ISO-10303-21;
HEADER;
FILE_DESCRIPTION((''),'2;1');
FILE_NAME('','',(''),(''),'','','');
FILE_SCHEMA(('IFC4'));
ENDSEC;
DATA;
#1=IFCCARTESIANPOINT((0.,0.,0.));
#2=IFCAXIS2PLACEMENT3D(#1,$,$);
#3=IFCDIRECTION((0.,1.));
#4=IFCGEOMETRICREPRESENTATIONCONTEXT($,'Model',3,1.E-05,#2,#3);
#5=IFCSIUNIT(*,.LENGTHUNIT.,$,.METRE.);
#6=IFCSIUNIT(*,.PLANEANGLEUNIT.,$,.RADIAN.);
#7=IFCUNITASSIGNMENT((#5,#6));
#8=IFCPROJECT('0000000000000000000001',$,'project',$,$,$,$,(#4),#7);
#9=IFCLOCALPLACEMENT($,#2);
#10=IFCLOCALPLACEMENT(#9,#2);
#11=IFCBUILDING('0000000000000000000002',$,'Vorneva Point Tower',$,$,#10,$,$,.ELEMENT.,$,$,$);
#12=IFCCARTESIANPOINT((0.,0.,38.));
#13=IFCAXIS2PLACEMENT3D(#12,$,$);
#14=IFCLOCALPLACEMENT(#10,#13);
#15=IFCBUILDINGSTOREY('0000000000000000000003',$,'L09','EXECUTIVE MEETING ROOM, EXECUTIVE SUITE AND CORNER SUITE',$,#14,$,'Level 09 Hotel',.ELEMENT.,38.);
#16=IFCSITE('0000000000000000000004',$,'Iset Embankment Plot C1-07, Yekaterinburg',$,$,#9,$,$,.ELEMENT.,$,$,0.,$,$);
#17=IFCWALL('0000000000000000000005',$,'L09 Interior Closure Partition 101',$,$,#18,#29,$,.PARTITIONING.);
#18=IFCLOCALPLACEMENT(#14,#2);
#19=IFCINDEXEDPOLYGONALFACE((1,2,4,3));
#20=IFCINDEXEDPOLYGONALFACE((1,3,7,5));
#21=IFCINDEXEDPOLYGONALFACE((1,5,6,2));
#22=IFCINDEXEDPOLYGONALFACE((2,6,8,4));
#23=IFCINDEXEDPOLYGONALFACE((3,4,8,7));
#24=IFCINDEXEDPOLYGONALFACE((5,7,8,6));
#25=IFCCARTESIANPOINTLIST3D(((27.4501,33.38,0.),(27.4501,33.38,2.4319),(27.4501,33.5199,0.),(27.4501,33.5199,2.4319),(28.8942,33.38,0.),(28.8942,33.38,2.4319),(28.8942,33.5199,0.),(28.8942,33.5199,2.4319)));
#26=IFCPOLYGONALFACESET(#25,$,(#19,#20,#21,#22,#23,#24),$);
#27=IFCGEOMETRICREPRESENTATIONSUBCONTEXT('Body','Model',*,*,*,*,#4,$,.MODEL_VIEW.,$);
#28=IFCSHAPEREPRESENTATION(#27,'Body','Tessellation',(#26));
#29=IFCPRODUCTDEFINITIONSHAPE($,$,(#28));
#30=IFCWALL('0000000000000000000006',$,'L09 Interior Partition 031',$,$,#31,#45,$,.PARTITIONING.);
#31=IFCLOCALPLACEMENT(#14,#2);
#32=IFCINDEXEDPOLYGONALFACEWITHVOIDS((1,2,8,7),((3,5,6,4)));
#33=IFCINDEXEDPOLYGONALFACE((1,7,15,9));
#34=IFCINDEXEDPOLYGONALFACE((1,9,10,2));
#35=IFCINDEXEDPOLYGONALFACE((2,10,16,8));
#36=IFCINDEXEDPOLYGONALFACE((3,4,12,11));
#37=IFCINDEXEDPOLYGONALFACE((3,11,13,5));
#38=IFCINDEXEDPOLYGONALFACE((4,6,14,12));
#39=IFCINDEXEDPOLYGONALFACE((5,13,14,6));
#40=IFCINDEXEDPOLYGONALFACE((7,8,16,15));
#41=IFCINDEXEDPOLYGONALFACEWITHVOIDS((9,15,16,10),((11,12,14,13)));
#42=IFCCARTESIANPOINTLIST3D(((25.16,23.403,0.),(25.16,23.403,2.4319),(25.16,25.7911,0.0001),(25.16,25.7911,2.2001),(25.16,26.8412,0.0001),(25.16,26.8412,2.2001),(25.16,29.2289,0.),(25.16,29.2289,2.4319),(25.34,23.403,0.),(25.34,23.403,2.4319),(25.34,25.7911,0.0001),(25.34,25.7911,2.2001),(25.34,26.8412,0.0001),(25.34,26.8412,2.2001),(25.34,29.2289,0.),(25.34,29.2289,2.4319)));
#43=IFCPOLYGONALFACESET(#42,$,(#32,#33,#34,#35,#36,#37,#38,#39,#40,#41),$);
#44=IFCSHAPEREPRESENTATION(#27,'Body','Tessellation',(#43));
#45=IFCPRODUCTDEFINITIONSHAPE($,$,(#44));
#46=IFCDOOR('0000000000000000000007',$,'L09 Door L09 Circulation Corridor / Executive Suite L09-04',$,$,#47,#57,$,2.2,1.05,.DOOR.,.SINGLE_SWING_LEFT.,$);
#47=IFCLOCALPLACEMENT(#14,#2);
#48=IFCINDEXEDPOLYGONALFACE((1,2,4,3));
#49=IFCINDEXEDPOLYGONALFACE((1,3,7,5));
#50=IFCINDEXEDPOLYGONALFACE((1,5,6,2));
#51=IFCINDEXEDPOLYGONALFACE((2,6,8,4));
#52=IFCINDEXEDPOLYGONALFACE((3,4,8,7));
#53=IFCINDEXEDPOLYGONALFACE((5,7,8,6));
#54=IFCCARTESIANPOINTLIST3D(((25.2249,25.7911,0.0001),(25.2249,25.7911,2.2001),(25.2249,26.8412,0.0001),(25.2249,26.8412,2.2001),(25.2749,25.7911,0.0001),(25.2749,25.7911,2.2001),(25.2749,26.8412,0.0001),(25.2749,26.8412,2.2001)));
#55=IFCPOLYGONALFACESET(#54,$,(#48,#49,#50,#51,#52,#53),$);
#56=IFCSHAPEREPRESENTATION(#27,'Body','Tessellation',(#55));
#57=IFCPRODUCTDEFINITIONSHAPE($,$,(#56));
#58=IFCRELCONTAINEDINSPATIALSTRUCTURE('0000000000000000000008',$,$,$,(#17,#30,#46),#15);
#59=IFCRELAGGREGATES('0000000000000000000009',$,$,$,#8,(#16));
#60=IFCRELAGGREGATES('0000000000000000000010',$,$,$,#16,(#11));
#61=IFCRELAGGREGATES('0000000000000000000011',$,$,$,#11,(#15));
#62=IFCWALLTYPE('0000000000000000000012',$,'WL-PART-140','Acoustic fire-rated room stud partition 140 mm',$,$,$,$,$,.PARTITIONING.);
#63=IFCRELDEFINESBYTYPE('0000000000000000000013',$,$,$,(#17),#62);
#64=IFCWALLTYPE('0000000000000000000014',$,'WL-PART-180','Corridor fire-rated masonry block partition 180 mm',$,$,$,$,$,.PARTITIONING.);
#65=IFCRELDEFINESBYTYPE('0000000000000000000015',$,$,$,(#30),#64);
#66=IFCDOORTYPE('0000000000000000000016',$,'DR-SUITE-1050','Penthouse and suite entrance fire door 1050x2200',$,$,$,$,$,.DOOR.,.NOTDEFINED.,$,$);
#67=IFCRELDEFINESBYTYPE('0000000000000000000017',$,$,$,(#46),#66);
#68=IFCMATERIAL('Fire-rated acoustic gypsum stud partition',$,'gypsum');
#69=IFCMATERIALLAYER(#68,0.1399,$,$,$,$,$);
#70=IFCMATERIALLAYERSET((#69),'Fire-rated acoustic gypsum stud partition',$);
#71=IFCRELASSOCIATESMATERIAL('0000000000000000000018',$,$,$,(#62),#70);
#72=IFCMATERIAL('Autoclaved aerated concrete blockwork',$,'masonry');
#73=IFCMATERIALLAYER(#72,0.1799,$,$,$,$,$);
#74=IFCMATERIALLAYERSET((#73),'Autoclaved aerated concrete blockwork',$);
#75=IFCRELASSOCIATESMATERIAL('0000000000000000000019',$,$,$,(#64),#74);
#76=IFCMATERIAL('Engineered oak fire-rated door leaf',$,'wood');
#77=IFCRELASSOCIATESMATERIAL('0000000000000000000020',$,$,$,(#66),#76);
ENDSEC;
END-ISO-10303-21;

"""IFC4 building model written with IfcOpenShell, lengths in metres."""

from ifc_helpers import new_model, si_unit, direction, frame, frame_2d, origin, place, context, subcontext, project, spatial, rectangle, extrude, material, layer, layer_set, type_object, element, fill, save


model = new_model("IFC4")

# Units and contexts
model_context = context("Model", 3, precision=1e-05, world=origin(), true_north=direction((0.0, 1.0)))
body_context = subcontext(model_context, "Body", "Model", "MODEL_VIEW")
ifc_project = project(units=[si_unit("LENGTHUNIT", "METRE"), si_unit("PLANEANGLEUNIT", "RADIAN")], contexts=[model_context])

# Site, building, storey
site_placement = place(None, origin())
site = spatial("IfcSite", under=ifc_project, at=site_placement, Name="Iset Embankment Plot C1-07, Yekaterinburg", CompositionType="ELEMENT", RefElevation=0.0)
building_placement = place(site_placement, origin())
building = spatial("IfcBuilding", under=site, at=building_placement, Name="Vorneva Point Tower", CompositionType="ELEMENT")
storey_placement = place(building_placement, frame((0.0, 0.0, 38.0)))
storey = spatial("IfcBuildingStorey", under=building, at=storey_placement, Name="L09", Description="EXECUTIVE MEETING ROOM, EXECUTIVE SUITE AND CORNER SUITE", LongName="Level 09 Hotel", CompositionType="ELEMENT", Elevation=38.0)

# Shared definitions
ifc_material_1 = material(Name="Fire-rated acoustic gypsum stud partition", Category="gypsum")

# Shared definitions
ifc_material_2 = material(Name="Engineered oak fire-rated door leaf", Category="wood")

# Wall
ifc_layer_1 = layer(ifc_material_1, 0.1399)
ifc_layer_set_1 = layer_set([ifc_layer_1], Name="Fire-rated acoustic gypsum stud partition")
wall_type_1 = type_object("IfcWallType", Name="WL-PART-140", Description="Acoustic fire-rated room stud partition 140 mm", PredefinedType="PARTITIONING", material=ifc_layer_set_1)
wall_1_placement = place(storey_placement, frame((27.45, 33.45, 0.0), z_axis=(0.0, 0.0, 1.0), x_axis=(1.0, 0.0, 0.0)))
element("IfcWall", 1, at=wall_1_placement, inside=storey, type_object=wall_type_1, Name="L09 Interior Closure Partition 101", PredefinedType="PARTITIONING", context=body_context, shape_type="SweptSolid", body=[
    extrude(rectangle(XDim=1.4441, YDim=0.1399, at=frame_2d((0.7222, 0.0))), origin(), (0.0, 0.0, 1.0), 2.4319),
])

# Wall, opening, door
ifc_material_3 = material(Name="Autoclaved aerated concrete blockwork", Category="masonry")
ifc_layer_2 = layer(ifc_material_3, 0.1799)
ifc_layer_set_2 = layer_set([ifc_layer_2], Name="Autoclaved aerated concrete blockwork")
wall_type_2 = type_object("IfcWallType", Name="WL-PART-180", Description="Corridor fire-rated masonry block partition 180 mm", PredefinedType="PARTITIONING", material=ifc_layer_set_2)
wall_2_placement = place(storey_placement, frame((25.25, 29.229, 0.0), z_axis=(0.0, 0.0, 1.0), x_axis=(0.0, -1.0, 0.0)))
wall_2 = element("IfcWall", 2, at=wall_2_placement, inside=storey, type_object=wall_type_2, Name="L09 Interior Partition 031", PredefinedType="PARTITIONING", context=body_context, shape_type="SweptSolid", body=[
    extrude(rectangle(XDim=5.8259, YDim=0.1799, at=frame_2d((2.9131, 0.0))), origin(), (0.0, 0.0, 1.0), 2.4319),
])
opening_1_placement = place(wall_2_placement, frame((2.3879, 0.0, 0.0)))
opening_1 = element("IfcOpeningElement", 3, at=opening_1_placement, cuts=wall_2, PredefinedType="OPENING", context=body_context, shape_type="SweptSolid", body=[
    extrude(rectangle(XDim=1.05, YDim=2.2, at=frame_2d((0.5249, 1.1001))), frame((0.0, 0.105, 0.0), z_axis=(0.0, -1.0, 0.0), x_axis=(1.0, 0.0, 0.0)), (0.0, 0.0, 1.0), 0.2097),
])
door_type_1 = type_object("IfcDoorType", Name="DR-SUITE-1050", Description="Penthouse and suite entrance fire door 1050x2200", OperationType="NOTDEFINED", PredefinedType="DOOR", material=ifc_material_2)
door_1_placement = place(opening_1_placement, origin())
door_1 = element("IfcDoor", 4, at=door_1_placement, inside=storey, type_object=door_type_1, Name="L09 Door L09 Circulation Corridor / Executive Suite L09-04", OperationType="SINGLE_SWING_LEFT", OverallHeight=2.2, OverallWidth=1.05, PredefinedType="DOOR", context=body_context, shape_type="SweptSolid", body=[
    extrude(rectangle(XDim=1.05, YDim=2.2, at=frame_2d((0.5249, 1.1001))), frame((0.0, 0.0249, 0.0), z_axis=(0.0, -1.0, 0.0), x_axis=(1.0, 0.0, 0.0)), (0.0, 0.0, 1.0), 0.05),
])
fill(opening_1, door_1)

save(model, "model.ifc")
